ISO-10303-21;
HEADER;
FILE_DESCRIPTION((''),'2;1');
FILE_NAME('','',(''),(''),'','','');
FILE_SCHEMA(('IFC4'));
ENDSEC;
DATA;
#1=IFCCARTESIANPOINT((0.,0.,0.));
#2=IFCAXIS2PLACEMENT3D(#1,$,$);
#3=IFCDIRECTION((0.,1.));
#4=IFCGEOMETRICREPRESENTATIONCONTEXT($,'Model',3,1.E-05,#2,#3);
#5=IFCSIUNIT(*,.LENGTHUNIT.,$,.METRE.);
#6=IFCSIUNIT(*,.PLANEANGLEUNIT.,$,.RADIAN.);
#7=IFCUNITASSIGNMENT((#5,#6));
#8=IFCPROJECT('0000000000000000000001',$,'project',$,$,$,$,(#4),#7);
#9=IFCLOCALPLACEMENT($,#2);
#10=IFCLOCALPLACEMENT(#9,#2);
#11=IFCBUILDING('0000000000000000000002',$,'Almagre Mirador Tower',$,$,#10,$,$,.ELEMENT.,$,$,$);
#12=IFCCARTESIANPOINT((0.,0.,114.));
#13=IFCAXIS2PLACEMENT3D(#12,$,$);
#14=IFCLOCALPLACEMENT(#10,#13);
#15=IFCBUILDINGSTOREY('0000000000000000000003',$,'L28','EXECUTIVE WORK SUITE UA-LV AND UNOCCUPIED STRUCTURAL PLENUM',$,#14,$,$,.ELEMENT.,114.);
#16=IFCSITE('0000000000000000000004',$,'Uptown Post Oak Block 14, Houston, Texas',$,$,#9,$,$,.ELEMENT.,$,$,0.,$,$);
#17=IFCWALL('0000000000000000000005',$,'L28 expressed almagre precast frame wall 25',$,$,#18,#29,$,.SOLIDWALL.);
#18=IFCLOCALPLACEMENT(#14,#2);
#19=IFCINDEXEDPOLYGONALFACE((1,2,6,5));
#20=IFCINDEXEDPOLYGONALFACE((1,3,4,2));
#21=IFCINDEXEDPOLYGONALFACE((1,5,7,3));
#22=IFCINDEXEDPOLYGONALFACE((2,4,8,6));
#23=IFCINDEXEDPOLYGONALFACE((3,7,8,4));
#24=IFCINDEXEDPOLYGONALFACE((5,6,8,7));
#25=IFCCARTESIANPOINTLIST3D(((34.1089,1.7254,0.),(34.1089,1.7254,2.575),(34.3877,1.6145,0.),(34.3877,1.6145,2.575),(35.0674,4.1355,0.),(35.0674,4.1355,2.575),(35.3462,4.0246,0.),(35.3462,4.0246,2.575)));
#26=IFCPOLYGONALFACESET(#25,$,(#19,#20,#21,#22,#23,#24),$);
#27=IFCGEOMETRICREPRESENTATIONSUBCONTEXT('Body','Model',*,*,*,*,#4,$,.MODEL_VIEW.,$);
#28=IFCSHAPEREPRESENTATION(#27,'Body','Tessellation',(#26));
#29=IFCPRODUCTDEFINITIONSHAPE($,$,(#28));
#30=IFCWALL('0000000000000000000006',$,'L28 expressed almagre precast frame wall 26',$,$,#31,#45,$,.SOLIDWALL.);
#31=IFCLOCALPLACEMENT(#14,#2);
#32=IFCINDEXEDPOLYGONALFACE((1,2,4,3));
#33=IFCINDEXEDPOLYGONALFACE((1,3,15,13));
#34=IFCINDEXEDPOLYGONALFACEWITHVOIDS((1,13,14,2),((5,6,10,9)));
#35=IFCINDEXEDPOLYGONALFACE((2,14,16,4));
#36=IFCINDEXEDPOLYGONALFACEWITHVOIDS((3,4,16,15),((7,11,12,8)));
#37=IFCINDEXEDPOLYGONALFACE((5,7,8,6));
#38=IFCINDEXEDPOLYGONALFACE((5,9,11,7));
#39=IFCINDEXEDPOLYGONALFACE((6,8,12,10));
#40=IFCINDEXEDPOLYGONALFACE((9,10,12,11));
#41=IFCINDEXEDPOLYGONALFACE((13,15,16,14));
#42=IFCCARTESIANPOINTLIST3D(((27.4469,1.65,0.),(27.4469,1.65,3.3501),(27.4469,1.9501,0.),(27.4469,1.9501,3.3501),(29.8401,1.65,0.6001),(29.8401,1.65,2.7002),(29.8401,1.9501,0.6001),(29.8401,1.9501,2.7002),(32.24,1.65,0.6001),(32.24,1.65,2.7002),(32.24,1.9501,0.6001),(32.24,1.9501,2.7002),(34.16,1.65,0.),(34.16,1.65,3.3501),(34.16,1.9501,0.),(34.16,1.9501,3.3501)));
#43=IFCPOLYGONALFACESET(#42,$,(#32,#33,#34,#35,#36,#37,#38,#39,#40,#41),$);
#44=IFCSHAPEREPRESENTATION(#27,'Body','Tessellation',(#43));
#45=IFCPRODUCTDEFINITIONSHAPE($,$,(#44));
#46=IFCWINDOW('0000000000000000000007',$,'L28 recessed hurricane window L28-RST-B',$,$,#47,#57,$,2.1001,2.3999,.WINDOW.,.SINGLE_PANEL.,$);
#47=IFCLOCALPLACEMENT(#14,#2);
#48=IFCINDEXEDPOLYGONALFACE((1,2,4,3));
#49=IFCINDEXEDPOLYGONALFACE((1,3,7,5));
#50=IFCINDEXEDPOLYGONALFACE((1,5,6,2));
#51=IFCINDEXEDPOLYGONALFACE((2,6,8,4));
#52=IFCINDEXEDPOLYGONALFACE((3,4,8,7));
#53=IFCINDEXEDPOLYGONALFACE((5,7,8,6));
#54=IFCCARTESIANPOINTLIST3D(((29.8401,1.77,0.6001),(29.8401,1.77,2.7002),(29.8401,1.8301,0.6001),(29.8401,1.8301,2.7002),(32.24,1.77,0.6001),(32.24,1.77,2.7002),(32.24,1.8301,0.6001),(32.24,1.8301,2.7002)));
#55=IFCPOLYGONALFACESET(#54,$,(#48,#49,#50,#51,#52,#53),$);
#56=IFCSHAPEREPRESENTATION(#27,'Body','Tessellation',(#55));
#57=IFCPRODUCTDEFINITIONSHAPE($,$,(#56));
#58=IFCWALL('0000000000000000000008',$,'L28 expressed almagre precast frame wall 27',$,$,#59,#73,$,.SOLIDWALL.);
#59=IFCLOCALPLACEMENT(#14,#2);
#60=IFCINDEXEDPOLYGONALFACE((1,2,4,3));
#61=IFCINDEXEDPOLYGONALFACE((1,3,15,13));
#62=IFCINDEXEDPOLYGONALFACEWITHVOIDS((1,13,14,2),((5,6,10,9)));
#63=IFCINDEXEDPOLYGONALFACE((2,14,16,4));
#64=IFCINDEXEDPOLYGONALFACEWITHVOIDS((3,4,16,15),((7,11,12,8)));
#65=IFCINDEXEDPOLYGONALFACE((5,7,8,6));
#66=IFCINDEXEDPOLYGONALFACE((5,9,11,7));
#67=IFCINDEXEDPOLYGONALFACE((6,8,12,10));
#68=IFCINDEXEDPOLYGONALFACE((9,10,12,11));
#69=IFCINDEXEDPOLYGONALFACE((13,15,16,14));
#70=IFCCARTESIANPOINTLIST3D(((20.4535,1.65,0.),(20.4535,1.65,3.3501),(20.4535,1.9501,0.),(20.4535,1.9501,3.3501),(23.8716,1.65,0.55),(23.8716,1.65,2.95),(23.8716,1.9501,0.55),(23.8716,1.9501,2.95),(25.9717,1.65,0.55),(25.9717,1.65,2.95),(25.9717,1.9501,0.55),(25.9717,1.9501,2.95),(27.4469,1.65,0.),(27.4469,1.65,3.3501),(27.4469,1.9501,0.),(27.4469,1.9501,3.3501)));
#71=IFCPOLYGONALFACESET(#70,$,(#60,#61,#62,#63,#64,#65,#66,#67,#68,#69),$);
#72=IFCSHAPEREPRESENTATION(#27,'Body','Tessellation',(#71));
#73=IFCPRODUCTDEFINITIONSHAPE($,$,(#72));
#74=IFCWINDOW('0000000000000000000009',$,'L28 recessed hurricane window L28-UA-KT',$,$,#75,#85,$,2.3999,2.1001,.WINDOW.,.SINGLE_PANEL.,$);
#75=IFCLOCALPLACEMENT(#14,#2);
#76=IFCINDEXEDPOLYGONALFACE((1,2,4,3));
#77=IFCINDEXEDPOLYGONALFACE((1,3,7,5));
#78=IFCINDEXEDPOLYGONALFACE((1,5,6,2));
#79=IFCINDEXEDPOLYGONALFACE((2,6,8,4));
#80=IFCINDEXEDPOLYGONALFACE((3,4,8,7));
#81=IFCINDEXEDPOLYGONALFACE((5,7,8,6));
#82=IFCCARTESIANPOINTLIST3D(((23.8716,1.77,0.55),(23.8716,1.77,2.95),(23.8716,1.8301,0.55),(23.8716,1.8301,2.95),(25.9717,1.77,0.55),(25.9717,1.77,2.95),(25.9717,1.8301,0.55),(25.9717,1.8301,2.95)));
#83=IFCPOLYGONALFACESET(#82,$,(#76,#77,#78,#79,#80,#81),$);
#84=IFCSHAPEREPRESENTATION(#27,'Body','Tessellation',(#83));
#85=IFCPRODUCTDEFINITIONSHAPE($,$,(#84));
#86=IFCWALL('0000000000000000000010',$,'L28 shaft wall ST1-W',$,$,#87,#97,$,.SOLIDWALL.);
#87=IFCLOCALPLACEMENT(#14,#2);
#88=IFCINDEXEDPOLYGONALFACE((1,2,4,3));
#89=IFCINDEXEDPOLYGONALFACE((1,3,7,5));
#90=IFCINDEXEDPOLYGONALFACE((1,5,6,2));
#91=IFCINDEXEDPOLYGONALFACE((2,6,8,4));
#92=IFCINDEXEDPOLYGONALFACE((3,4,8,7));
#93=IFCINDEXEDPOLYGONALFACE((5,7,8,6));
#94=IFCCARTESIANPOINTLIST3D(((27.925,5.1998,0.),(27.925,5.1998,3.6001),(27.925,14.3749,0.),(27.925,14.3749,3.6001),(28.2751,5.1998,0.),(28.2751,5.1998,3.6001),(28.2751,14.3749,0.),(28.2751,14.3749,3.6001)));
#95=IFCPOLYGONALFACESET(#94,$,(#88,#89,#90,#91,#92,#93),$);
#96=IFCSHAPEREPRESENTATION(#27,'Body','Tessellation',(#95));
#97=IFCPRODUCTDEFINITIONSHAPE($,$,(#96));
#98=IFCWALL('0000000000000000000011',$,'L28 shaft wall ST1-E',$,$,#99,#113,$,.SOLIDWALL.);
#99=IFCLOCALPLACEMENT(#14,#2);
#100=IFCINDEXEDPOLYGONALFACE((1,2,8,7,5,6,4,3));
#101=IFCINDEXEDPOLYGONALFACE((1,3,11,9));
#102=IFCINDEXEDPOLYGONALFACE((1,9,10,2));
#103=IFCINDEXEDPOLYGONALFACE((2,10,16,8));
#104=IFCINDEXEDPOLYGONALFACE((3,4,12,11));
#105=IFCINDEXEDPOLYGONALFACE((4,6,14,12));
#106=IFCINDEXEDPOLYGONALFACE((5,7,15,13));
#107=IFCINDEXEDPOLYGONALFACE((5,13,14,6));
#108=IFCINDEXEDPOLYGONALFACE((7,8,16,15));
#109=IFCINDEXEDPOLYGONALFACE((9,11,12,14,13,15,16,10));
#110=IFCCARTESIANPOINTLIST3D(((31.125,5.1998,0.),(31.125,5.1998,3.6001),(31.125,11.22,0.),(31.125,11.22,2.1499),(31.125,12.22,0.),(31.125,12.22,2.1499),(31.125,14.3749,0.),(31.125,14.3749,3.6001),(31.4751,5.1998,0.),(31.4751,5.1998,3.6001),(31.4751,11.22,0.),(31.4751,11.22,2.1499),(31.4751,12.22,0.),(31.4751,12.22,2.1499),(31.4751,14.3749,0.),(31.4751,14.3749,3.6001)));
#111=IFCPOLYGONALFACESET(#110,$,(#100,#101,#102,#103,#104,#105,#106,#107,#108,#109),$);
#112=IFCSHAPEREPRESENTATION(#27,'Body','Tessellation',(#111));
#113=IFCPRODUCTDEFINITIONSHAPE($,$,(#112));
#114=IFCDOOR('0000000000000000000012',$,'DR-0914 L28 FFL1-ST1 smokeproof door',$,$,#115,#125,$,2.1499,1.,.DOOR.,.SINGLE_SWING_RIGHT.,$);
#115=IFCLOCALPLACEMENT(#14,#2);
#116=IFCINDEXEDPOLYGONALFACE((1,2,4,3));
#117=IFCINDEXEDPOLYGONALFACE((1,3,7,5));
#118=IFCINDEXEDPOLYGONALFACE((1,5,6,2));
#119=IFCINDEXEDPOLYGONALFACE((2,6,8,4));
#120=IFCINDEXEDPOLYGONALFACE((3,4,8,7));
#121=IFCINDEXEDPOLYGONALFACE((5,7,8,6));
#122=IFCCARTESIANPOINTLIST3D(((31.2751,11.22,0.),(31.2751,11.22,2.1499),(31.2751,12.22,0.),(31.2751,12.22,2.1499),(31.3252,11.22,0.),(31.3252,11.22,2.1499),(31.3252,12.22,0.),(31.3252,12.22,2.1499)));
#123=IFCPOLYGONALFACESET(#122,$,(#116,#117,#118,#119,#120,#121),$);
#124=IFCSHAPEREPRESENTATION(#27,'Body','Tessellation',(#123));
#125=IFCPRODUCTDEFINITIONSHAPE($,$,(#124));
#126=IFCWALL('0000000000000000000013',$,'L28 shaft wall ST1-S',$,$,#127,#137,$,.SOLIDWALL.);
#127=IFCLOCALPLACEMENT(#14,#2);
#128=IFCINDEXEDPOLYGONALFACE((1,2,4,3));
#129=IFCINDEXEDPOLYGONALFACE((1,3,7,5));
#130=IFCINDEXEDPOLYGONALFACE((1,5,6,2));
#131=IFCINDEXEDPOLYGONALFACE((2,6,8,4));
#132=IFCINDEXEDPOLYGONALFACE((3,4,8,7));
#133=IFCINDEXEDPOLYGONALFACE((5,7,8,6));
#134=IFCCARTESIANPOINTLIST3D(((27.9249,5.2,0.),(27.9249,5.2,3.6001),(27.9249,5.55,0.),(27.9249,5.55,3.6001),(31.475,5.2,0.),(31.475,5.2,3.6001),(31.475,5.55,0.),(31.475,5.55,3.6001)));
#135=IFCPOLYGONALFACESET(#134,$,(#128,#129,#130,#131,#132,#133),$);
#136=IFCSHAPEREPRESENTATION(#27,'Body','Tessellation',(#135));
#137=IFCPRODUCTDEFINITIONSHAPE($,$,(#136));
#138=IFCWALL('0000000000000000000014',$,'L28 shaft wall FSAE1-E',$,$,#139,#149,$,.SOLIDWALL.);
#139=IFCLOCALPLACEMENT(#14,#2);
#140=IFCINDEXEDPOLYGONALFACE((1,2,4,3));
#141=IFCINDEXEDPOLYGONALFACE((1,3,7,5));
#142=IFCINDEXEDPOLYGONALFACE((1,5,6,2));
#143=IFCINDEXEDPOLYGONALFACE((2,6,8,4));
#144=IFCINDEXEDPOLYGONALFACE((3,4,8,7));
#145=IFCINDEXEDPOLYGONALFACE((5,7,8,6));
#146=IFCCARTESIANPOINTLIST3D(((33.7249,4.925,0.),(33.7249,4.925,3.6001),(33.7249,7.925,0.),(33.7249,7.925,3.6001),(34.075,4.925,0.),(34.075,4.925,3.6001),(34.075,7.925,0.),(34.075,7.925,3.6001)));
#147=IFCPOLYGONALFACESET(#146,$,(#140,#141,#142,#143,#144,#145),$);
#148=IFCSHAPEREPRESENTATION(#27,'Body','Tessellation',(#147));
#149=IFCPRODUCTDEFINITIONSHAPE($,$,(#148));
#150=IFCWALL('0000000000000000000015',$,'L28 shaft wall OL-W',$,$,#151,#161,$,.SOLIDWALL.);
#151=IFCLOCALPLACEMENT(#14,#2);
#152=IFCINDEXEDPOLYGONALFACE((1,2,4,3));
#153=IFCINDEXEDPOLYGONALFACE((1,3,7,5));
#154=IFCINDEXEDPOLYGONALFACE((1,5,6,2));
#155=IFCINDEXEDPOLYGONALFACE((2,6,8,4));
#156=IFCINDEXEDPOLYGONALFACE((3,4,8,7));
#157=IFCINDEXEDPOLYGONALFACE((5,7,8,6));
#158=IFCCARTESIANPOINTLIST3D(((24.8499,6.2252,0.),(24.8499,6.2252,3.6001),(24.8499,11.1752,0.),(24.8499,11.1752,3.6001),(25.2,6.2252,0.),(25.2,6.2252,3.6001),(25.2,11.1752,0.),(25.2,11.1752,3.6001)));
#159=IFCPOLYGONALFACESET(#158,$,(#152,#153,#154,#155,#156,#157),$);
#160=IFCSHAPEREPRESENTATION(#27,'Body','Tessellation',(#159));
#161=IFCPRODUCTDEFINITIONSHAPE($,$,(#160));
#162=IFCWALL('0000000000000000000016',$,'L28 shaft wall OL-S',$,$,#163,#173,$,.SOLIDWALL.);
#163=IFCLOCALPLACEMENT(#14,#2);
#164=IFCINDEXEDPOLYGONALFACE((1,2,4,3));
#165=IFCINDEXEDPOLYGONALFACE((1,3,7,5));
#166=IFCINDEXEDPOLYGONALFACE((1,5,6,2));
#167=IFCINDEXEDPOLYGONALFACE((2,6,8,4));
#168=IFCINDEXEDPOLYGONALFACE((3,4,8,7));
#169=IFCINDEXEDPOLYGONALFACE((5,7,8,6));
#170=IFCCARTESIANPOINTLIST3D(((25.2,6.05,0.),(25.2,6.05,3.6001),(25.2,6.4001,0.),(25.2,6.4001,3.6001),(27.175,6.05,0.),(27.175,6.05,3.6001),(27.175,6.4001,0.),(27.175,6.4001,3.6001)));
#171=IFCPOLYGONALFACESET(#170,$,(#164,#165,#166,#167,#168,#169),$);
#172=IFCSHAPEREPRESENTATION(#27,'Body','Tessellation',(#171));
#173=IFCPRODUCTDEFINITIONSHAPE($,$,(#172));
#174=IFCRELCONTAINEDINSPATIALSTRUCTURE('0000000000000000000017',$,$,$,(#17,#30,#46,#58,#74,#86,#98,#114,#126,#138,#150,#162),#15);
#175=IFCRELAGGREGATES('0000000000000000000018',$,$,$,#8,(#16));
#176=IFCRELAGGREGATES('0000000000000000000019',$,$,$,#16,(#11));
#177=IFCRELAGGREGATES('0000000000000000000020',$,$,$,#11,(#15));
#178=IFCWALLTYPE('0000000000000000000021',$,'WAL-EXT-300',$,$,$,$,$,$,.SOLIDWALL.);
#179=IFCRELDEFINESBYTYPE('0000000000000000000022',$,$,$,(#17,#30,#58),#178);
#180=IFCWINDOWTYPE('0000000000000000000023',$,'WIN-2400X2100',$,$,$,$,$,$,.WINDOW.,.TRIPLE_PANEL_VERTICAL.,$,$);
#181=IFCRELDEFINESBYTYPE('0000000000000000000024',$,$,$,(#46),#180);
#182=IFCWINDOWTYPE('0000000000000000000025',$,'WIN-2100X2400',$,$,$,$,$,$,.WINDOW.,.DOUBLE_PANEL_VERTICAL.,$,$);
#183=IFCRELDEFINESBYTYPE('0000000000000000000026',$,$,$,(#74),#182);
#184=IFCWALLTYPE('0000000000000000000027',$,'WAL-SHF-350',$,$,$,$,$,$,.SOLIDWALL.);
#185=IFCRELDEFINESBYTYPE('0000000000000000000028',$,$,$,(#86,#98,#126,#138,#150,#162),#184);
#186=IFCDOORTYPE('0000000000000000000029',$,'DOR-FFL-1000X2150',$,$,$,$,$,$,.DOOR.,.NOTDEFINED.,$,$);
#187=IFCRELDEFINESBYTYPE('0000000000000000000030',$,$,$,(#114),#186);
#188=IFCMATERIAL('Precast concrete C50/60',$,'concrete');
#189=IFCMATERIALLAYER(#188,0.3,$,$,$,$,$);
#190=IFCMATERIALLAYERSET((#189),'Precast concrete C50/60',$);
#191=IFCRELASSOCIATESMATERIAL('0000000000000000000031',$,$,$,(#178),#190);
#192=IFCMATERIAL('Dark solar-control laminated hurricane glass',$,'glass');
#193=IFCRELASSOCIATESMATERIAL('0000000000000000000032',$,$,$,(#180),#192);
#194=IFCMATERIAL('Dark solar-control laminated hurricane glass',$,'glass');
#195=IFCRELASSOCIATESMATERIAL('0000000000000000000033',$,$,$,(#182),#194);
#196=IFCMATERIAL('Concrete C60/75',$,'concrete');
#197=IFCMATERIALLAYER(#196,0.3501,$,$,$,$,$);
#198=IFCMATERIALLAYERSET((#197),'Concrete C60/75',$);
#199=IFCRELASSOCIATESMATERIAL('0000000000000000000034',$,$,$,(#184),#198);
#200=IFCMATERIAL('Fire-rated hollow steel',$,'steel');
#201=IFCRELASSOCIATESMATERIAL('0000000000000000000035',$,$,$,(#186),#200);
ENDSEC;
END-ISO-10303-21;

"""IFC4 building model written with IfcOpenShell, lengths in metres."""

from ifc_helpers import new_model, si_unit, direction, frame, frame_2d, origin, place, context, subcontext, project, spatial, rectangle, extrude, material, layer, layer_set, type_object, element, fill, save


model = new_model("IFC4")

# Units and contexts
model_context = context("Model", 3, precision=1e-05, world=origin(), true_north=direction((0.0, 1.0)))
body_context = subcontext(model_context, "Body", "Model", "MODEL_VIEW")
ifc_project = project(units=[si_unit("LENGTHUNIT", "METRE"), si_unit("PLANEANGLEUNIT", "RADIAN")], contexts=[model_context])

# Site, building, storey
site_placement = place(None, origin())
site = spatial("IfcSite", under=ifc_project, at=site_placement, Name="Uptown Post Oak Block 14, Houston, Texas", CompositionType="ELEMENT", RefElevation=0.0)
building_placement = place(site_placement, origin())
building = spatial("IfcBuilding", under=site, at=building_placement, Name="Almagre Mirador Tower", CompositionType="ELEMENT")
storey_placement = place(building_placement, frame((0.0, 0.0, 114.0)))
storey = spatial("IfcBuildingStorey", under=building, at=storey_placement, Name="L28", Description="EXECUTIVE WORK SUITE UA-LV AND UNOCCUPIED STRUCTURAL PLENUM", CompositionType="ELEMENT", Elevation=114.0)

# Wall
ifc_material_1 = material(Name="Precast concrete C50/60", Category="concrete")
ifc_layer_1 = layer(ifc_material_1, 0.3)
ifc_layer_set_1 = layer_set([ifc_layer_1], Name="Precast concrete C50/60")
wall_type_1 = type_object("IfcWallType", Name="WAL-EXT-300", PredefinedType="SOLIDWALL", material=ifc_layer_set_1)
wall_1_placement = place(storey_placement, frame((35.2068, 4.0801, 0.0), z_axis=(0.0, 0.0, 1.0), x_axis=(-0.36954, -0.929215, 0.0)))
element("IfcWall", 1, at=wall_1_placement, inside=storey, type_object=wall_type_1, Name="L28 expressed almagre precast frame wall 25", PredefinedType="SOLIDWALL", context=body_context, shape_type="SweptSolid", body=[
    extrude(rectangle(XDim=2.5938, YDim=0.3, at=frame_2d((1.2969, 0.0))), origin(), (0.0, 0.0, 1.0), 2.575),
])

# Walls, openings, windows
wall_2_placement = place(storey_placement, frame((34.1599, 1.8, 0.0), z_axis=(0.0, 0.0, 1.0), x_axis=(-1.0, 0.0, 0.0)))
wall_2 = element("IfcWall", 2, at=wall_2_placement, inside=storey, type_object=wall_type_1, Name="L28 expressed almagre precast frame wall 26", PredefinedType="SOLIDWALL", context=body_context, shape_type="SweptSolid", body=[
    extrude(rectangle(XDim=6.7131, YDim=0.3, at=frame_2d((3.3564, 0.0))), origin(), (0.0, 0.0, 1.0), 3.3501),
])
opening_1_placement = place(wall_2_placement, frame((1.9199, 0.0, 0.6001)))
opening_1 = element("IfcOpeningElement", 3, at=opening_1_placement, cuts=wall_2, PredefinedType="OPENING", context=body_context, shape_type="SweptSolid", body=[
    extrude(rectangle(XDim=2.3999, YDim=2.1001, at=frame_2d((1.2, 1.05))), frame((0.0, 0.1599, 0.0), z_axis=(0.0, -1.0, 0.0), x_axis=(1.0, 0.0, 0.0)), (0.0, 0.0, 1.0), 0.32),
])
ifc_material_2 = material(Name="Dark solar-control laminated hurricane glass", Category="glass")
window_type_1 = type_object("IfcWindowType", Name="WIN-2400X2100", PartitioningType="TRIPLE_PANEL_VERTICAL", PredefinedType="WINDOW", material=ifc_material_2)
window_1_placement = place(opening_1_placement, origin())
window_1 = element("IfcWindow", 4, at=window_1_placement, inside=storey, type_object=window_type_1, Name="L28 recessed hurricane window L28-RST-B", OverallHeight=2.1001, OverallWidth=2.3999, PartitioningType="SINGLE_PANEL", PredefinedType="WINDOW", context=body_context, shape_type="SweptSolid", body=[
    extrude(rectangle(XDim=2.3999, YDim=2.1001, at=frame_2d((1.2, 1.05))), frame((0.0, 0.03, 0.0), z_axis=(0.0, -1.0, 0.0), x_axis=(1.0, 0.0, 0.0)), (0.0, 0.0, 1.0), 0.0601),
])
fill(opening_1, window_1)
wall_3_placement = place(storey_placement, frame((27.4468, 1.8, 0.0), z_axis=(0.0, 0.0, 1.0), x_axis=(-1.0, 0.0, 0.0)))
wall_3 = element("IfcWall", 5, at=wall_3_placement, inside=storey, type_object=wall_type_1, Name="L28 expressed almagre precast frame wall 27", PredefinedType="SOLIDWALL", context=body_context, shape_type="SweptSolid", body=[
    extrude(rectangle(XDim=6.9934, YDim=0.3, at=frame_2d((3.4966, 0.0))), origin(), (0.0, 0.0, 1.0), 3.3501),
])
opening_2_placement = place(wall_3_placement, frame((1.4751, 0.0, 0.55)))
opening_2 = element("IfcOpeningElement", 6, at=opening_2_placement, cuts=wall_3, PredefinedType="OPENING", context=body_context, shape_type="SweptSolid", body=[
    extrude(rectangle(XDim=2.1001, YDim=2.3999, at=frame_2d((1.05, 1.2))), frame((0.0, 0.1599, 0.0), z_axis=(0.0, -1.0, 0.0), x_axis=(1.0, 0.0, 0.0)), (0.0, 0.0, 1.0), 0.32),
])
ifc_material_3 = material(Name="Dark solar-control laminated hurricane glass", Category="glass")
window_type_2 = type_object("IfcWindowType", Name="WIN-2100X2400", PartitioningType="DOUBLE_PANEL_VERTICAL", PredefinedType="WINDOW", material=ifc_material_3)
window_2_placement = place(opening_2_placement, origin())
window_2 = element("IfcWindow", 7, at=window_2_placement, inside=storey, type_object=window_type_2, Name="L28 recessed hurricane window L28-UA-KT", OverallHeight=2.3999, OverallWidth=2.1001, PartitioningType="SINGLE_PANEL", PredefinedType="WINDOW", context=body_context, shape_type="SweptSolid", body=[
    extrude(rectangle(XDim=2.1001, YDim=2.3999, at=frame_2d((1.05, 1.2))), frame((0.0, 0.03, 0.0), z_axis=(0.0, -1.0, 0.0), x_axis=(1.0, 0.0, 0.0)), (0.0, 0.0, 1.0), 0.0601),
])
fill(opening_2, window_2)

# Wall
ifc_material_4 = material(Name="Concrete C60/75", Category="concrete")
ifc_layer_2 = layer(ifc_material_4, 0.3501)
ifc_layer_set_2 = layer_set([ifc_layer_2], Name="Concrete C60/75")
wall_type_2 = type_object("IfcWallType", Name="WAL-SHF-350", PredefinedType="SOLIDWALL", material=ifc_layer_set_2)
wall_4_placement = place(storey_placement, frame((28.1001, 5.2, 0.0), z_axis=(0.0, 0.0, 1.0), x_axis=(0.0, 1.0, 0.0)))
element("IfcWall", 8, at=wall_4_placement, inside=storey, type_object=wall_type_2, Name="L28 shaft wall ST1-W", PredefinedType="SOLIDWALL", context=body_context, shape_type="SweptSolid", body=[
    extrude(rectangle(XDim=9.175, YDim=0.3501, at=frame_2d((4.5874, 0.0))), origin(), (0.0, 0.0, 1.0), 3.6001),
])

# Wall, opening, door
wall_5_placement = place(storey_placement, frame((31.3, 5.2, 0.0), z_axis=(0.0, 0.0, 1.0), x_axis=(0.0, 1.0, 0.0)))
wall_5 = element("IfcWall", 9, at=wall_5_placement, inside=storey, type_object=wall_type_2, Name="L28 shaft wall ST1-E", PredefinedType="SOLIDWALL", context=body_context, shape_type="SweptSolid", body=[
    extrude(rectangle(XDim=9.175, YDim=0.3501, at=frame_2d((4.5874, 0.0))), origin(), (0.0, 0.0, 1.0), 3.6001),
])
opening_3_placement = place(wall_5_placement, frame((6.02, 0.0, 0.0)))
opening_3 = element("IfcOpeningElement", 10, at=opening_3_placement, cuts=wall_5, PredefinedType="OPENING", context=body_context, shape_type="SweptSolid", body=[
    extrude(rectangle(XDim=1.0, YDim=2.1499, at=frame_2d((0.5, 1.075))), frame((0.0, 0.185, 0.0), z_axis=(0.0, -1.0, 0.0), x_axis=(1.0, 0.0, 0.0)), (0.0, 0.0, 1.0), 0.3701),
])
ifc_material_5 = material(Name="Fire-rated hollow steel", Category="steel")
door_type = type_object("IfcDoorType", Name="DOR-FFL-1000X2150", OperationType="NOTDEFINED", PredefinedType="DOOR", material=ifc_material_5)
door_placement = place(opening_3_placement, origin())
door = element("IfcDoor", 11, at=door_placement, inside=storey, type_object=door_type, Name="DR-0914 L28 FFL1-ST1 smokeproof door", OperationType="SINGLE_SWING_RIGHT", OverallHeight=2.1499, OverallWidth=1.0, PredefinedType="DOOR", context=body_context, shape_type="SweptSolid", body=[
    extrude(rectangle(XDim=1.0, YDim=2.1499, at=frame_2d((0.5, 1.075))), frame((0.0, 0.0249, 0.0), z_axis=(0.0, -1.0, 0.0), x_axis=(1.0, 0.0, 0.0)), (0.0, 0.0, 1.0), 0.05),
])
fill(opening_3, door)

# Walls
wall_6_placement = place(storey_placement, frame((27.925, 5.375, 0.0), z_axis=(0.0, 0.0, 1.0), x_axis=(1.0, 0.0, 0.0)))
element("IfcWall", 12, at=wall_6_placement, inside=storey, type_object=wall_type_2, Name="L28 shaft wall ST1-S", PredefinedType="SOLIDWALL", context=body_context, shape_type="SweptSolid", body=[
    extrude(rectangle(XDim=3.55, YDim=0.3501, at=frame_2d((1.7749, 0.0))), origin(), (0.0, 0.0, 1.0), 3.6001),
])
wall_7_placement = place(storey_placement, frame((33.8999, 4.925, 0.0), z_axis=(0.0, 0.0, 1.0), x_axis=(0.0, 1.0, 0.0)))
element("IfcWall", 13, at=wall_7_placement, inside=storey, type_object=wall_type_2, Name="L28 shaft wall FSAE1-E", PredefinedType="SOLIDWALL", context=body_context, shape_type="SweptSolid", body=[
    extrude(rectangle(XDim=3.0, YDim=0.3501, at=frame_2d((1.5, 0.0))), origin(), (0.0, 0.0, 1.0), 3.6001),
])
wall_8_placement = place(storey_placement, frame((25.0249, 6.2251, 0.0), z_axis=(0.0, 0.0, 1.0), x_axis=(0.0, 1.0, 0.0)))
element("IfcWall", 14, at=wall_8_placement, inside=storey, type_object=wall_type_2, Name="L28 shaft wall OL-W", PredefinedType="SOLIDWALL", context=body_context, shape_type="SweptSolid", body=[
    extrude(rectangle(XDim=4.95, YDim=0.3501, at=frame_2d((2.4751, 0.0))), origin(), (0.0, 0.0, 1.0), 3.6001),
])
wall_9_placement = place(storey_placement, frame((25.2, 6.2251, 0.0), z_axis=(0.0, 0.0, 1.0), x_axis=(1.0, 0.0, 0.0)))
element("IfcWall", 15, at=wall_9_placement, inside=storey, type_object=wall_type_2, Name="L28 shaft wall OL-S", PredefinedType="SOLIDWALL", context=body_context, shape_type="SweptSolid", body=[
    extrude(rectangle(XDim=1.9751, YDim=0.3501, at=frame_2d((0.9875, 0.0))), origin(), (0.0, 0.0, 1.0), 3.6001),
])

save(model, "model.ifc")
